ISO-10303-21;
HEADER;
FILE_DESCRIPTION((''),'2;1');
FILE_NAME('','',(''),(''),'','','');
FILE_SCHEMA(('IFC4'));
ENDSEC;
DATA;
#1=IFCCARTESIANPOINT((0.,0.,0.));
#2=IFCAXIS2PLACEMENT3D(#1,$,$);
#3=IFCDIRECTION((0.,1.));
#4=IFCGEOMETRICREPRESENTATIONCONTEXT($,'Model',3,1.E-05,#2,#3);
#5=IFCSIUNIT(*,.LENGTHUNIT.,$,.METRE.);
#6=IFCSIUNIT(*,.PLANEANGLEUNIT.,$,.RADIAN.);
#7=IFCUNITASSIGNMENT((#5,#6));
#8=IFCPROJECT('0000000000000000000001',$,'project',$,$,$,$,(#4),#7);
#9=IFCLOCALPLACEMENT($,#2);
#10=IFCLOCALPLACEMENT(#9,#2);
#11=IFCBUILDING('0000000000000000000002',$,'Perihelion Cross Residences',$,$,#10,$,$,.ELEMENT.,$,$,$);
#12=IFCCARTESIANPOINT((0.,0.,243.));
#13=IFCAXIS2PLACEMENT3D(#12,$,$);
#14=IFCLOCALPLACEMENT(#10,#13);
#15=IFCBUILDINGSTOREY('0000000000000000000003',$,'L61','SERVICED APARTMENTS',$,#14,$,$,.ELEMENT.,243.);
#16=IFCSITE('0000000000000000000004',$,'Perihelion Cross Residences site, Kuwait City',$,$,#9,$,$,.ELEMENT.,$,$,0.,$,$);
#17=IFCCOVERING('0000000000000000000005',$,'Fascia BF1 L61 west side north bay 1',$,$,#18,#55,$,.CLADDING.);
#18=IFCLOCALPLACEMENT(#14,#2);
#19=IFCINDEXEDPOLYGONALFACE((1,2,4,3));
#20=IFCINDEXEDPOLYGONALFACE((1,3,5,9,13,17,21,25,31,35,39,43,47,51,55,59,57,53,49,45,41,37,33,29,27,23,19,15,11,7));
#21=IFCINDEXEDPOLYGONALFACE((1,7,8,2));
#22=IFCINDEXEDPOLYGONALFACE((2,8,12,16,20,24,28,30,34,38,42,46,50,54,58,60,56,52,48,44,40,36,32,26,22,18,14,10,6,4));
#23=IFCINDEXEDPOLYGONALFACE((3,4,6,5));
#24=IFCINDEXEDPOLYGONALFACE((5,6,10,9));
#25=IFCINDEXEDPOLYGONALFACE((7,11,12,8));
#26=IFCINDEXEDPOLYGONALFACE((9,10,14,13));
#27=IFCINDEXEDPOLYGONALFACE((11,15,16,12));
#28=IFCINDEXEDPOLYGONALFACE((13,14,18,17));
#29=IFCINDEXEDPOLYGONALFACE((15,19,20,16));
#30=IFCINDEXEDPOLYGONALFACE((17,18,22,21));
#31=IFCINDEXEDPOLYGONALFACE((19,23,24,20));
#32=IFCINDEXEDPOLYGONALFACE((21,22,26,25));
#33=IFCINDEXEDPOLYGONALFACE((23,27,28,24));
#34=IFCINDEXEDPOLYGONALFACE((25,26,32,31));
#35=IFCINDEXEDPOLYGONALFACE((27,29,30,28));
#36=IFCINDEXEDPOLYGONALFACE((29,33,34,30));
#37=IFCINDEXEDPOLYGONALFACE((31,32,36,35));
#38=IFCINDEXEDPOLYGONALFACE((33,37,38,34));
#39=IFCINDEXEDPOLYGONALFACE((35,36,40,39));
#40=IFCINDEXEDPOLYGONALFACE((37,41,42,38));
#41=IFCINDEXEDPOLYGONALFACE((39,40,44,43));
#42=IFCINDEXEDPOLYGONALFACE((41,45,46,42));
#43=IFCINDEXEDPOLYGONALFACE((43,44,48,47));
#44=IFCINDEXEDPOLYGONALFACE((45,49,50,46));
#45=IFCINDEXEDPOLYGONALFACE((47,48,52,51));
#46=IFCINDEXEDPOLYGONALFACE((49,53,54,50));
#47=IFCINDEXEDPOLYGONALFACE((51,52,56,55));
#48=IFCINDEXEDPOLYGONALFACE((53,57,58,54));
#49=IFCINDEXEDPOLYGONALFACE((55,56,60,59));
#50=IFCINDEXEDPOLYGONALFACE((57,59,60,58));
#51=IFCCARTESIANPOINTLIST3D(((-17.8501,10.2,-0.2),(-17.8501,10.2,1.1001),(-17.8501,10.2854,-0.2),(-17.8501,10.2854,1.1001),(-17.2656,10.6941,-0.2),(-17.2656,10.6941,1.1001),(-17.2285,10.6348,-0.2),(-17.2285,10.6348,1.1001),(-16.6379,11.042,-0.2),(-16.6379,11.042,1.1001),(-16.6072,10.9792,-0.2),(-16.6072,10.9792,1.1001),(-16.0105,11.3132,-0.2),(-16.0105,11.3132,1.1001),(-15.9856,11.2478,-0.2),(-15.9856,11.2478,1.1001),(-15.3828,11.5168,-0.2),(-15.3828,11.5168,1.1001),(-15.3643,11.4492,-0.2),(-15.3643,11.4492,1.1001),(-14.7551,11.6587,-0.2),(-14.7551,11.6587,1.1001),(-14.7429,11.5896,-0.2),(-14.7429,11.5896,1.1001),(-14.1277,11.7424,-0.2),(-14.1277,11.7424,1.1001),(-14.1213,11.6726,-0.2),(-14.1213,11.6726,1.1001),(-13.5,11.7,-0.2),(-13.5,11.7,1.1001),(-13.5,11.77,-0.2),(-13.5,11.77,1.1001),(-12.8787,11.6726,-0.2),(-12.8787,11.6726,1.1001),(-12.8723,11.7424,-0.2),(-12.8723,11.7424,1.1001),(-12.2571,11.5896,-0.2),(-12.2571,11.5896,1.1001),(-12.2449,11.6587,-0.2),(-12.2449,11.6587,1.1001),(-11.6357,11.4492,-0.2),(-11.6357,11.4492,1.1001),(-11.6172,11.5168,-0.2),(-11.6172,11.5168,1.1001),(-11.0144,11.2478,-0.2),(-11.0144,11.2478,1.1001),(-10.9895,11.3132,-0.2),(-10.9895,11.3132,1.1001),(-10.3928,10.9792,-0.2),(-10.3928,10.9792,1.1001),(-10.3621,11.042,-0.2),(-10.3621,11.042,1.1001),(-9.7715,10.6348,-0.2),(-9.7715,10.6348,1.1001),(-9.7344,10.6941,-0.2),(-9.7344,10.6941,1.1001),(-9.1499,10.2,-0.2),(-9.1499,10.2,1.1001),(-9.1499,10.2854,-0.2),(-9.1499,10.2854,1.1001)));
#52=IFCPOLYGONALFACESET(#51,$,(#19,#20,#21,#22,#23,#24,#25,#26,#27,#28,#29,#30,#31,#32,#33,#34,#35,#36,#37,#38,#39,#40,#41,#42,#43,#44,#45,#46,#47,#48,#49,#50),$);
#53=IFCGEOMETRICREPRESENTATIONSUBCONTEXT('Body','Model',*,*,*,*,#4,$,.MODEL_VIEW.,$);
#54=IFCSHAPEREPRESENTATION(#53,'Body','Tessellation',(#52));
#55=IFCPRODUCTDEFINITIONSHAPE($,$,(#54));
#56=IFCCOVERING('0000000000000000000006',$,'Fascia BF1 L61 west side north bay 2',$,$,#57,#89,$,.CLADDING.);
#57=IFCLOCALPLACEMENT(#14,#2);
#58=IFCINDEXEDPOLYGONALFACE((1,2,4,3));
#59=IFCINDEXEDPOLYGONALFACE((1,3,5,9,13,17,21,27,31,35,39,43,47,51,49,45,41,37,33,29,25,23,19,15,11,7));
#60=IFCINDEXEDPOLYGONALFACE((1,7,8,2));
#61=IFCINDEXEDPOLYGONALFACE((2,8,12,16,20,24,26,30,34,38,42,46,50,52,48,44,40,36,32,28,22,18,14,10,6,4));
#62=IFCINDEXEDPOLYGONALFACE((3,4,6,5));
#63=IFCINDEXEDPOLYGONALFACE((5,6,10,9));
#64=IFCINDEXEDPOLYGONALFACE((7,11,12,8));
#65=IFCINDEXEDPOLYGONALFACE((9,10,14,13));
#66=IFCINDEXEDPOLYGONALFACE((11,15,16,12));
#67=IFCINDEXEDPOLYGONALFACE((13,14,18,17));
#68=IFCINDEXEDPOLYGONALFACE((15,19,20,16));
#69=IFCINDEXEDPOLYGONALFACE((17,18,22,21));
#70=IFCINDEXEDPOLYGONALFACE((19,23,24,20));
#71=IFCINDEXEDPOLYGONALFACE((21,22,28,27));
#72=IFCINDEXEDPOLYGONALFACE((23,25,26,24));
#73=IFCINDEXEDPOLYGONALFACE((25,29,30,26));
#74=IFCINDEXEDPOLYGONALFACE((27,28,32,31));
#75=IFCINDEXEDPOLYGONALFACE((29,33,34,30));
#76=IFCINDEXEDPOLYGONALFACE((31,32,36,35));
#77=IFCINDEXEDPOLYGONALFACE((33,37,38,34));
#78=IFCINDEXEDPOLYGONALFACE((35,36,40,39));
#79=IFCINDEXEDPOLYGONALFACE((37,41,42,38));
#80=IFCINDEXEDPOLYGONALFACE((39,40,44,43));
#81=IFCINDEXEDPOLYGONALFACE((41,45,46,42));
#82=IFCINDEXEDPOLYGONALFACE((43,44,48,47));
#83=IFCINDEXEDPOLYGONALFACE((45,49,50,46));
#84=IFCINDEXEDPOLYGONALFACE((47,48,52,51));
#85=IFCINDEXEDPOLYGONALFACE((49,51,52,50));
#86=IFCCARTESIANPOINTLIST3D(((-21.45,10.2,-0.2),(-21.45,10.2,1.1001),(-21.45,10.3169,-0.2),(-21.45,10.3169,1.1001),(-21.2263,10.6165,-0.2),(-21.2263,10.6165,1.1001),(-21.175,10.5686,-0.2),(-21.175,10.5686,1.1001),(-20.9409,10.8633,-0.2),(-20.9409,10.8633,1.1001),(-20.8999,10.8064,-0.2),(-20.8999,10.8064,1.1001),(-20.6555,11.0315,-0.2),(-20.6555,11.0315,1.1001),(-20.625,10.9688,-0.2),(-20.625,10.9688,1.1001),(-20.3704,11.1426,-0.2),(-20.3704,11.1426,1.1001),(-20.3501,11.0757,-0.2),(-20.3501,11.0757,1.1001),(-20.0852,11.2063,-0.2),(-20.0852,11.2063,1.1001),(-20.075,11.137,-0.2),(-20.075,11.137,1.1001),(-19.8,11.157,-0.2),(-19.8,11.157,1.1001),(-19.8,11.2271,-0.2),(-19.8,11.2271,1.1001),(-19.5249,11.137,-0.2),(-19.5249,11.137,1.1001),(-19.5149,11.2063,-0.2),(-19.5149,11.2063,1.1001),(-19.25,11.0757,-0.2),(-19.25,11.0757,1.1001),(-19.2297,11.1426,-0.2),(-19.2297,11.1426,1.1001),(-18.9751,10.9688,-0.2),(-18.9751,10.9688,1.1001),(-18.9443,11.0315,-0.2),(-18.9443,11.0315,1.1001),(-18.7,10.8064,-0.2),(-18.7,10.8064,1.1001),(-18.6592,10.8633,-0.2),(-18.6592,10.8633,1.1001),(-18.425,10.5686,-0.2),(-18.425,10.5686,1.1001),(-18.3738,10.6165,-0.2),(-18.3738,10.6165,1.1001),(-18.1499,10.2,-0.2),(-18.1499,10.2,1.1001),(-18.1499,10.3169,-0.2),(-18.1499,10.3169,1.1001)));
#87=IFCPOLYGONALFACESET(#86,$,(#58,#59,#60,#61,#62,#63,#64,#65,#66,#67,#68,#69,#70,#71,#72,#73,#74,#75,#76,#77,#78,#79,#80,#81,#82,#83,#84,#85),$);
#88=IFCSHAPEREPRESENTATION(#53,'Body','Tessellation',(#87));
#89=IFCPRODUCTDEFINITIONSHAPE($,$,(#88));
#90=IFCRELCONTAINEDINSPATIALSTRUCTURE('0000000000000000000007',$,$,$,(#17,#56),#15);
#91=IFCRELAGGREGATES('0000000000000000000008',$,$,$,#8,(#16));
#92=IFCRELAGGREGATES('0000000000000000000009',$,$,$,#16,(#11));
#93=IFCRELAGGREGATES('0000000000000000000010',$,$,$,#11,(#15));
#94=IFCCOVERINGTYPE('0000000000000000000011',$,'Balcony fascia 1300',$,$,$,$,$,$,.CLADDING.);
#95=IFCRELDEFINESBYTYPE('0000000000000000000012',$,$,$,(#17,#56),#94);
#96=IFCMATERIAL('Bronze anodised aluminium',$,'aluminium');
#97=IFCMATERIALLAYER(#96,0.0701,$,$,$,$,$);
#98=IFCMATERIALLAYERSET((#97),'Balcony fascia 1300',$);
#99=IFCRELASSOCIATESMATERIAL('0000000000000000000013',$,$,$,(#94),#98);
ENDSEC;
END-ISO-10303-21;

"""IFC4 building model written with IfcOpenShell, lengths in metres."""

from ifc_helpers import new_model, si_unit, direction, frame, origin, place, context, subcontext, project, spatial, polyline, outline, extrude, material, layer, layer_set, type_object, element, save


model = new_model("IFC4")

# Units and contexts
model_context = context("Model", 3, precision=1e-05, world=origin(), true_north=direction((0.0, 1.0)))
body_context = subcontext(model_context, "Body", "Model", "MODEL_VIEW")
ifc_project = project(units=[si_unit("LENGTHUNIT", "METRE"), si_unit("PLANEANGLEUNIT", "RADIAN")], contexts=[model_context])

# Site, building, storey
site_placement = place(None, origin())
site = spatial("IfcSite", under=ifc_project, at=site_placement, Name="Perihelion Cross Residences site, Kuwait City", CompositionType="ELEMENT", RefElevation=0.0)
building_placement = place(site_placement, origin())
building = spatial("IfcBuilding", under=site, at=building_placement, Name="Perihelion Cross Residences", CompositionType="ELEMENT")
storey_placement = place(building_placement, frame((0.0, 0.0, 243.0)))
storey = spatial("IfcBuildingStorey", under=building, at=storey_placement, Name="L61", Description="SERVICED APARTMENTS", CompositionType="ELEMENT", Elevation=243.0)

# Coverings
ifc_material_1 = material(Name="Bronze anodised aluminium", Category="aluminium")
ifc_layer_1 = layer(ifc_material_1, 0.0701)
ifc_layer_set_1 = layer_set([ifc_layer_1], Name="Balcony fascia 1300")
covering_type = type_object("IfcCoveringType", Name="Balcony fascia 1300", PredefinedType="CLADDING", material=ifc_layer_set_1)
covering_1_placement = place(storey_placement, frame((0.0, 0.0, -0.2)))
element("IfcCovering", 1, at=covering_1_placement, inside=storey, type_object=covering_type, Name="Fascia BF1 L61 west side north bay 1", PredefinedType="CLADDING", context=body_context, shape_type="SweptSolid", body=[
    extrude(outline(polyline([(-9.7344, 10.6941), (-10.3621, 11.042), (-10.9895, 11.3132), (-11.6172, 11.5168), (-12.2449, 11.6587), (-12.8723, 11.7424), (-13.5, 11.77), (-14.1277, 11.7424), (-14.7551, 11.6587), (-15.3828, 11.5168), (-16.0105, 11.3132), (-16.6379, 11.042), (-17.2656, 10.6941), (-17.8501, 10.2854), (-17.8501, 10.2), (-17.2285, 10.6348), (-16.6072, 10.9792), (-15.9856, 11.2478), (-15.3643, 11.4492), (-14.7429, 11.5896), (-14.1213, 11.6726), (-13.5, 11.7), (-12.8787, 11.6726), (-12.2571, 11.5896), (-11.6357, 11.4492), (-11.0144, 11.2478), (-10.3928, 10.9792), (-9.7715, 10.6348), (-9.1499, 10.2), (-9.1499, 10.2854), (-9.7344, 10.6941)])), origin(), (0.0, 0.0, 1.0), 1.3),
])
covering_2_placement = place(storey_placement, frame((0.0, 0.0, -0.2)))
element("IfcCovering", 2, at=covering_2_placement, inside=storey, type_object=covering_type, Name="Fascia BF1 L61 west side north bay 2", PredefinedType="CLADDING", context=body_context, shape_type="SweptSolid", body=[
    extrude(outline(polyline([(-18.3738, 10.6165), (-18.6592, 10.8633), (-18.9443, 11.0315), (-19.2297, 11.1426), (-19.5149, 11.2063), (-19.8, 11.2271), (-20.0852, 11.2063), (-20.3704, 11.1426), (-20.6555, 11.0315), (-20.9409, 10.8633), (-21.2263, 10.6165), (-21.45, 10.3169), (-21.45, 10.2), (-21.175, 10.5686), (-20.8999, 10.8064), (-20.625, 10.9688), (-20.3501, 11.0757), (-20.075, 11.137), (-19.8, 11.157), (-19.5249, 11.137), (-19.25, 11.0757), (-18.9751, 10.9688), (-18.7, 10.8064), (-18.425, 10.5686), (-18.1499, 10.2), (-18.1499, 10.3169), (-18.3738, 10.6165)])), origin(), (0.0, 0.0, 1.0), 1.3),
])

save(model, "model.ifc")
